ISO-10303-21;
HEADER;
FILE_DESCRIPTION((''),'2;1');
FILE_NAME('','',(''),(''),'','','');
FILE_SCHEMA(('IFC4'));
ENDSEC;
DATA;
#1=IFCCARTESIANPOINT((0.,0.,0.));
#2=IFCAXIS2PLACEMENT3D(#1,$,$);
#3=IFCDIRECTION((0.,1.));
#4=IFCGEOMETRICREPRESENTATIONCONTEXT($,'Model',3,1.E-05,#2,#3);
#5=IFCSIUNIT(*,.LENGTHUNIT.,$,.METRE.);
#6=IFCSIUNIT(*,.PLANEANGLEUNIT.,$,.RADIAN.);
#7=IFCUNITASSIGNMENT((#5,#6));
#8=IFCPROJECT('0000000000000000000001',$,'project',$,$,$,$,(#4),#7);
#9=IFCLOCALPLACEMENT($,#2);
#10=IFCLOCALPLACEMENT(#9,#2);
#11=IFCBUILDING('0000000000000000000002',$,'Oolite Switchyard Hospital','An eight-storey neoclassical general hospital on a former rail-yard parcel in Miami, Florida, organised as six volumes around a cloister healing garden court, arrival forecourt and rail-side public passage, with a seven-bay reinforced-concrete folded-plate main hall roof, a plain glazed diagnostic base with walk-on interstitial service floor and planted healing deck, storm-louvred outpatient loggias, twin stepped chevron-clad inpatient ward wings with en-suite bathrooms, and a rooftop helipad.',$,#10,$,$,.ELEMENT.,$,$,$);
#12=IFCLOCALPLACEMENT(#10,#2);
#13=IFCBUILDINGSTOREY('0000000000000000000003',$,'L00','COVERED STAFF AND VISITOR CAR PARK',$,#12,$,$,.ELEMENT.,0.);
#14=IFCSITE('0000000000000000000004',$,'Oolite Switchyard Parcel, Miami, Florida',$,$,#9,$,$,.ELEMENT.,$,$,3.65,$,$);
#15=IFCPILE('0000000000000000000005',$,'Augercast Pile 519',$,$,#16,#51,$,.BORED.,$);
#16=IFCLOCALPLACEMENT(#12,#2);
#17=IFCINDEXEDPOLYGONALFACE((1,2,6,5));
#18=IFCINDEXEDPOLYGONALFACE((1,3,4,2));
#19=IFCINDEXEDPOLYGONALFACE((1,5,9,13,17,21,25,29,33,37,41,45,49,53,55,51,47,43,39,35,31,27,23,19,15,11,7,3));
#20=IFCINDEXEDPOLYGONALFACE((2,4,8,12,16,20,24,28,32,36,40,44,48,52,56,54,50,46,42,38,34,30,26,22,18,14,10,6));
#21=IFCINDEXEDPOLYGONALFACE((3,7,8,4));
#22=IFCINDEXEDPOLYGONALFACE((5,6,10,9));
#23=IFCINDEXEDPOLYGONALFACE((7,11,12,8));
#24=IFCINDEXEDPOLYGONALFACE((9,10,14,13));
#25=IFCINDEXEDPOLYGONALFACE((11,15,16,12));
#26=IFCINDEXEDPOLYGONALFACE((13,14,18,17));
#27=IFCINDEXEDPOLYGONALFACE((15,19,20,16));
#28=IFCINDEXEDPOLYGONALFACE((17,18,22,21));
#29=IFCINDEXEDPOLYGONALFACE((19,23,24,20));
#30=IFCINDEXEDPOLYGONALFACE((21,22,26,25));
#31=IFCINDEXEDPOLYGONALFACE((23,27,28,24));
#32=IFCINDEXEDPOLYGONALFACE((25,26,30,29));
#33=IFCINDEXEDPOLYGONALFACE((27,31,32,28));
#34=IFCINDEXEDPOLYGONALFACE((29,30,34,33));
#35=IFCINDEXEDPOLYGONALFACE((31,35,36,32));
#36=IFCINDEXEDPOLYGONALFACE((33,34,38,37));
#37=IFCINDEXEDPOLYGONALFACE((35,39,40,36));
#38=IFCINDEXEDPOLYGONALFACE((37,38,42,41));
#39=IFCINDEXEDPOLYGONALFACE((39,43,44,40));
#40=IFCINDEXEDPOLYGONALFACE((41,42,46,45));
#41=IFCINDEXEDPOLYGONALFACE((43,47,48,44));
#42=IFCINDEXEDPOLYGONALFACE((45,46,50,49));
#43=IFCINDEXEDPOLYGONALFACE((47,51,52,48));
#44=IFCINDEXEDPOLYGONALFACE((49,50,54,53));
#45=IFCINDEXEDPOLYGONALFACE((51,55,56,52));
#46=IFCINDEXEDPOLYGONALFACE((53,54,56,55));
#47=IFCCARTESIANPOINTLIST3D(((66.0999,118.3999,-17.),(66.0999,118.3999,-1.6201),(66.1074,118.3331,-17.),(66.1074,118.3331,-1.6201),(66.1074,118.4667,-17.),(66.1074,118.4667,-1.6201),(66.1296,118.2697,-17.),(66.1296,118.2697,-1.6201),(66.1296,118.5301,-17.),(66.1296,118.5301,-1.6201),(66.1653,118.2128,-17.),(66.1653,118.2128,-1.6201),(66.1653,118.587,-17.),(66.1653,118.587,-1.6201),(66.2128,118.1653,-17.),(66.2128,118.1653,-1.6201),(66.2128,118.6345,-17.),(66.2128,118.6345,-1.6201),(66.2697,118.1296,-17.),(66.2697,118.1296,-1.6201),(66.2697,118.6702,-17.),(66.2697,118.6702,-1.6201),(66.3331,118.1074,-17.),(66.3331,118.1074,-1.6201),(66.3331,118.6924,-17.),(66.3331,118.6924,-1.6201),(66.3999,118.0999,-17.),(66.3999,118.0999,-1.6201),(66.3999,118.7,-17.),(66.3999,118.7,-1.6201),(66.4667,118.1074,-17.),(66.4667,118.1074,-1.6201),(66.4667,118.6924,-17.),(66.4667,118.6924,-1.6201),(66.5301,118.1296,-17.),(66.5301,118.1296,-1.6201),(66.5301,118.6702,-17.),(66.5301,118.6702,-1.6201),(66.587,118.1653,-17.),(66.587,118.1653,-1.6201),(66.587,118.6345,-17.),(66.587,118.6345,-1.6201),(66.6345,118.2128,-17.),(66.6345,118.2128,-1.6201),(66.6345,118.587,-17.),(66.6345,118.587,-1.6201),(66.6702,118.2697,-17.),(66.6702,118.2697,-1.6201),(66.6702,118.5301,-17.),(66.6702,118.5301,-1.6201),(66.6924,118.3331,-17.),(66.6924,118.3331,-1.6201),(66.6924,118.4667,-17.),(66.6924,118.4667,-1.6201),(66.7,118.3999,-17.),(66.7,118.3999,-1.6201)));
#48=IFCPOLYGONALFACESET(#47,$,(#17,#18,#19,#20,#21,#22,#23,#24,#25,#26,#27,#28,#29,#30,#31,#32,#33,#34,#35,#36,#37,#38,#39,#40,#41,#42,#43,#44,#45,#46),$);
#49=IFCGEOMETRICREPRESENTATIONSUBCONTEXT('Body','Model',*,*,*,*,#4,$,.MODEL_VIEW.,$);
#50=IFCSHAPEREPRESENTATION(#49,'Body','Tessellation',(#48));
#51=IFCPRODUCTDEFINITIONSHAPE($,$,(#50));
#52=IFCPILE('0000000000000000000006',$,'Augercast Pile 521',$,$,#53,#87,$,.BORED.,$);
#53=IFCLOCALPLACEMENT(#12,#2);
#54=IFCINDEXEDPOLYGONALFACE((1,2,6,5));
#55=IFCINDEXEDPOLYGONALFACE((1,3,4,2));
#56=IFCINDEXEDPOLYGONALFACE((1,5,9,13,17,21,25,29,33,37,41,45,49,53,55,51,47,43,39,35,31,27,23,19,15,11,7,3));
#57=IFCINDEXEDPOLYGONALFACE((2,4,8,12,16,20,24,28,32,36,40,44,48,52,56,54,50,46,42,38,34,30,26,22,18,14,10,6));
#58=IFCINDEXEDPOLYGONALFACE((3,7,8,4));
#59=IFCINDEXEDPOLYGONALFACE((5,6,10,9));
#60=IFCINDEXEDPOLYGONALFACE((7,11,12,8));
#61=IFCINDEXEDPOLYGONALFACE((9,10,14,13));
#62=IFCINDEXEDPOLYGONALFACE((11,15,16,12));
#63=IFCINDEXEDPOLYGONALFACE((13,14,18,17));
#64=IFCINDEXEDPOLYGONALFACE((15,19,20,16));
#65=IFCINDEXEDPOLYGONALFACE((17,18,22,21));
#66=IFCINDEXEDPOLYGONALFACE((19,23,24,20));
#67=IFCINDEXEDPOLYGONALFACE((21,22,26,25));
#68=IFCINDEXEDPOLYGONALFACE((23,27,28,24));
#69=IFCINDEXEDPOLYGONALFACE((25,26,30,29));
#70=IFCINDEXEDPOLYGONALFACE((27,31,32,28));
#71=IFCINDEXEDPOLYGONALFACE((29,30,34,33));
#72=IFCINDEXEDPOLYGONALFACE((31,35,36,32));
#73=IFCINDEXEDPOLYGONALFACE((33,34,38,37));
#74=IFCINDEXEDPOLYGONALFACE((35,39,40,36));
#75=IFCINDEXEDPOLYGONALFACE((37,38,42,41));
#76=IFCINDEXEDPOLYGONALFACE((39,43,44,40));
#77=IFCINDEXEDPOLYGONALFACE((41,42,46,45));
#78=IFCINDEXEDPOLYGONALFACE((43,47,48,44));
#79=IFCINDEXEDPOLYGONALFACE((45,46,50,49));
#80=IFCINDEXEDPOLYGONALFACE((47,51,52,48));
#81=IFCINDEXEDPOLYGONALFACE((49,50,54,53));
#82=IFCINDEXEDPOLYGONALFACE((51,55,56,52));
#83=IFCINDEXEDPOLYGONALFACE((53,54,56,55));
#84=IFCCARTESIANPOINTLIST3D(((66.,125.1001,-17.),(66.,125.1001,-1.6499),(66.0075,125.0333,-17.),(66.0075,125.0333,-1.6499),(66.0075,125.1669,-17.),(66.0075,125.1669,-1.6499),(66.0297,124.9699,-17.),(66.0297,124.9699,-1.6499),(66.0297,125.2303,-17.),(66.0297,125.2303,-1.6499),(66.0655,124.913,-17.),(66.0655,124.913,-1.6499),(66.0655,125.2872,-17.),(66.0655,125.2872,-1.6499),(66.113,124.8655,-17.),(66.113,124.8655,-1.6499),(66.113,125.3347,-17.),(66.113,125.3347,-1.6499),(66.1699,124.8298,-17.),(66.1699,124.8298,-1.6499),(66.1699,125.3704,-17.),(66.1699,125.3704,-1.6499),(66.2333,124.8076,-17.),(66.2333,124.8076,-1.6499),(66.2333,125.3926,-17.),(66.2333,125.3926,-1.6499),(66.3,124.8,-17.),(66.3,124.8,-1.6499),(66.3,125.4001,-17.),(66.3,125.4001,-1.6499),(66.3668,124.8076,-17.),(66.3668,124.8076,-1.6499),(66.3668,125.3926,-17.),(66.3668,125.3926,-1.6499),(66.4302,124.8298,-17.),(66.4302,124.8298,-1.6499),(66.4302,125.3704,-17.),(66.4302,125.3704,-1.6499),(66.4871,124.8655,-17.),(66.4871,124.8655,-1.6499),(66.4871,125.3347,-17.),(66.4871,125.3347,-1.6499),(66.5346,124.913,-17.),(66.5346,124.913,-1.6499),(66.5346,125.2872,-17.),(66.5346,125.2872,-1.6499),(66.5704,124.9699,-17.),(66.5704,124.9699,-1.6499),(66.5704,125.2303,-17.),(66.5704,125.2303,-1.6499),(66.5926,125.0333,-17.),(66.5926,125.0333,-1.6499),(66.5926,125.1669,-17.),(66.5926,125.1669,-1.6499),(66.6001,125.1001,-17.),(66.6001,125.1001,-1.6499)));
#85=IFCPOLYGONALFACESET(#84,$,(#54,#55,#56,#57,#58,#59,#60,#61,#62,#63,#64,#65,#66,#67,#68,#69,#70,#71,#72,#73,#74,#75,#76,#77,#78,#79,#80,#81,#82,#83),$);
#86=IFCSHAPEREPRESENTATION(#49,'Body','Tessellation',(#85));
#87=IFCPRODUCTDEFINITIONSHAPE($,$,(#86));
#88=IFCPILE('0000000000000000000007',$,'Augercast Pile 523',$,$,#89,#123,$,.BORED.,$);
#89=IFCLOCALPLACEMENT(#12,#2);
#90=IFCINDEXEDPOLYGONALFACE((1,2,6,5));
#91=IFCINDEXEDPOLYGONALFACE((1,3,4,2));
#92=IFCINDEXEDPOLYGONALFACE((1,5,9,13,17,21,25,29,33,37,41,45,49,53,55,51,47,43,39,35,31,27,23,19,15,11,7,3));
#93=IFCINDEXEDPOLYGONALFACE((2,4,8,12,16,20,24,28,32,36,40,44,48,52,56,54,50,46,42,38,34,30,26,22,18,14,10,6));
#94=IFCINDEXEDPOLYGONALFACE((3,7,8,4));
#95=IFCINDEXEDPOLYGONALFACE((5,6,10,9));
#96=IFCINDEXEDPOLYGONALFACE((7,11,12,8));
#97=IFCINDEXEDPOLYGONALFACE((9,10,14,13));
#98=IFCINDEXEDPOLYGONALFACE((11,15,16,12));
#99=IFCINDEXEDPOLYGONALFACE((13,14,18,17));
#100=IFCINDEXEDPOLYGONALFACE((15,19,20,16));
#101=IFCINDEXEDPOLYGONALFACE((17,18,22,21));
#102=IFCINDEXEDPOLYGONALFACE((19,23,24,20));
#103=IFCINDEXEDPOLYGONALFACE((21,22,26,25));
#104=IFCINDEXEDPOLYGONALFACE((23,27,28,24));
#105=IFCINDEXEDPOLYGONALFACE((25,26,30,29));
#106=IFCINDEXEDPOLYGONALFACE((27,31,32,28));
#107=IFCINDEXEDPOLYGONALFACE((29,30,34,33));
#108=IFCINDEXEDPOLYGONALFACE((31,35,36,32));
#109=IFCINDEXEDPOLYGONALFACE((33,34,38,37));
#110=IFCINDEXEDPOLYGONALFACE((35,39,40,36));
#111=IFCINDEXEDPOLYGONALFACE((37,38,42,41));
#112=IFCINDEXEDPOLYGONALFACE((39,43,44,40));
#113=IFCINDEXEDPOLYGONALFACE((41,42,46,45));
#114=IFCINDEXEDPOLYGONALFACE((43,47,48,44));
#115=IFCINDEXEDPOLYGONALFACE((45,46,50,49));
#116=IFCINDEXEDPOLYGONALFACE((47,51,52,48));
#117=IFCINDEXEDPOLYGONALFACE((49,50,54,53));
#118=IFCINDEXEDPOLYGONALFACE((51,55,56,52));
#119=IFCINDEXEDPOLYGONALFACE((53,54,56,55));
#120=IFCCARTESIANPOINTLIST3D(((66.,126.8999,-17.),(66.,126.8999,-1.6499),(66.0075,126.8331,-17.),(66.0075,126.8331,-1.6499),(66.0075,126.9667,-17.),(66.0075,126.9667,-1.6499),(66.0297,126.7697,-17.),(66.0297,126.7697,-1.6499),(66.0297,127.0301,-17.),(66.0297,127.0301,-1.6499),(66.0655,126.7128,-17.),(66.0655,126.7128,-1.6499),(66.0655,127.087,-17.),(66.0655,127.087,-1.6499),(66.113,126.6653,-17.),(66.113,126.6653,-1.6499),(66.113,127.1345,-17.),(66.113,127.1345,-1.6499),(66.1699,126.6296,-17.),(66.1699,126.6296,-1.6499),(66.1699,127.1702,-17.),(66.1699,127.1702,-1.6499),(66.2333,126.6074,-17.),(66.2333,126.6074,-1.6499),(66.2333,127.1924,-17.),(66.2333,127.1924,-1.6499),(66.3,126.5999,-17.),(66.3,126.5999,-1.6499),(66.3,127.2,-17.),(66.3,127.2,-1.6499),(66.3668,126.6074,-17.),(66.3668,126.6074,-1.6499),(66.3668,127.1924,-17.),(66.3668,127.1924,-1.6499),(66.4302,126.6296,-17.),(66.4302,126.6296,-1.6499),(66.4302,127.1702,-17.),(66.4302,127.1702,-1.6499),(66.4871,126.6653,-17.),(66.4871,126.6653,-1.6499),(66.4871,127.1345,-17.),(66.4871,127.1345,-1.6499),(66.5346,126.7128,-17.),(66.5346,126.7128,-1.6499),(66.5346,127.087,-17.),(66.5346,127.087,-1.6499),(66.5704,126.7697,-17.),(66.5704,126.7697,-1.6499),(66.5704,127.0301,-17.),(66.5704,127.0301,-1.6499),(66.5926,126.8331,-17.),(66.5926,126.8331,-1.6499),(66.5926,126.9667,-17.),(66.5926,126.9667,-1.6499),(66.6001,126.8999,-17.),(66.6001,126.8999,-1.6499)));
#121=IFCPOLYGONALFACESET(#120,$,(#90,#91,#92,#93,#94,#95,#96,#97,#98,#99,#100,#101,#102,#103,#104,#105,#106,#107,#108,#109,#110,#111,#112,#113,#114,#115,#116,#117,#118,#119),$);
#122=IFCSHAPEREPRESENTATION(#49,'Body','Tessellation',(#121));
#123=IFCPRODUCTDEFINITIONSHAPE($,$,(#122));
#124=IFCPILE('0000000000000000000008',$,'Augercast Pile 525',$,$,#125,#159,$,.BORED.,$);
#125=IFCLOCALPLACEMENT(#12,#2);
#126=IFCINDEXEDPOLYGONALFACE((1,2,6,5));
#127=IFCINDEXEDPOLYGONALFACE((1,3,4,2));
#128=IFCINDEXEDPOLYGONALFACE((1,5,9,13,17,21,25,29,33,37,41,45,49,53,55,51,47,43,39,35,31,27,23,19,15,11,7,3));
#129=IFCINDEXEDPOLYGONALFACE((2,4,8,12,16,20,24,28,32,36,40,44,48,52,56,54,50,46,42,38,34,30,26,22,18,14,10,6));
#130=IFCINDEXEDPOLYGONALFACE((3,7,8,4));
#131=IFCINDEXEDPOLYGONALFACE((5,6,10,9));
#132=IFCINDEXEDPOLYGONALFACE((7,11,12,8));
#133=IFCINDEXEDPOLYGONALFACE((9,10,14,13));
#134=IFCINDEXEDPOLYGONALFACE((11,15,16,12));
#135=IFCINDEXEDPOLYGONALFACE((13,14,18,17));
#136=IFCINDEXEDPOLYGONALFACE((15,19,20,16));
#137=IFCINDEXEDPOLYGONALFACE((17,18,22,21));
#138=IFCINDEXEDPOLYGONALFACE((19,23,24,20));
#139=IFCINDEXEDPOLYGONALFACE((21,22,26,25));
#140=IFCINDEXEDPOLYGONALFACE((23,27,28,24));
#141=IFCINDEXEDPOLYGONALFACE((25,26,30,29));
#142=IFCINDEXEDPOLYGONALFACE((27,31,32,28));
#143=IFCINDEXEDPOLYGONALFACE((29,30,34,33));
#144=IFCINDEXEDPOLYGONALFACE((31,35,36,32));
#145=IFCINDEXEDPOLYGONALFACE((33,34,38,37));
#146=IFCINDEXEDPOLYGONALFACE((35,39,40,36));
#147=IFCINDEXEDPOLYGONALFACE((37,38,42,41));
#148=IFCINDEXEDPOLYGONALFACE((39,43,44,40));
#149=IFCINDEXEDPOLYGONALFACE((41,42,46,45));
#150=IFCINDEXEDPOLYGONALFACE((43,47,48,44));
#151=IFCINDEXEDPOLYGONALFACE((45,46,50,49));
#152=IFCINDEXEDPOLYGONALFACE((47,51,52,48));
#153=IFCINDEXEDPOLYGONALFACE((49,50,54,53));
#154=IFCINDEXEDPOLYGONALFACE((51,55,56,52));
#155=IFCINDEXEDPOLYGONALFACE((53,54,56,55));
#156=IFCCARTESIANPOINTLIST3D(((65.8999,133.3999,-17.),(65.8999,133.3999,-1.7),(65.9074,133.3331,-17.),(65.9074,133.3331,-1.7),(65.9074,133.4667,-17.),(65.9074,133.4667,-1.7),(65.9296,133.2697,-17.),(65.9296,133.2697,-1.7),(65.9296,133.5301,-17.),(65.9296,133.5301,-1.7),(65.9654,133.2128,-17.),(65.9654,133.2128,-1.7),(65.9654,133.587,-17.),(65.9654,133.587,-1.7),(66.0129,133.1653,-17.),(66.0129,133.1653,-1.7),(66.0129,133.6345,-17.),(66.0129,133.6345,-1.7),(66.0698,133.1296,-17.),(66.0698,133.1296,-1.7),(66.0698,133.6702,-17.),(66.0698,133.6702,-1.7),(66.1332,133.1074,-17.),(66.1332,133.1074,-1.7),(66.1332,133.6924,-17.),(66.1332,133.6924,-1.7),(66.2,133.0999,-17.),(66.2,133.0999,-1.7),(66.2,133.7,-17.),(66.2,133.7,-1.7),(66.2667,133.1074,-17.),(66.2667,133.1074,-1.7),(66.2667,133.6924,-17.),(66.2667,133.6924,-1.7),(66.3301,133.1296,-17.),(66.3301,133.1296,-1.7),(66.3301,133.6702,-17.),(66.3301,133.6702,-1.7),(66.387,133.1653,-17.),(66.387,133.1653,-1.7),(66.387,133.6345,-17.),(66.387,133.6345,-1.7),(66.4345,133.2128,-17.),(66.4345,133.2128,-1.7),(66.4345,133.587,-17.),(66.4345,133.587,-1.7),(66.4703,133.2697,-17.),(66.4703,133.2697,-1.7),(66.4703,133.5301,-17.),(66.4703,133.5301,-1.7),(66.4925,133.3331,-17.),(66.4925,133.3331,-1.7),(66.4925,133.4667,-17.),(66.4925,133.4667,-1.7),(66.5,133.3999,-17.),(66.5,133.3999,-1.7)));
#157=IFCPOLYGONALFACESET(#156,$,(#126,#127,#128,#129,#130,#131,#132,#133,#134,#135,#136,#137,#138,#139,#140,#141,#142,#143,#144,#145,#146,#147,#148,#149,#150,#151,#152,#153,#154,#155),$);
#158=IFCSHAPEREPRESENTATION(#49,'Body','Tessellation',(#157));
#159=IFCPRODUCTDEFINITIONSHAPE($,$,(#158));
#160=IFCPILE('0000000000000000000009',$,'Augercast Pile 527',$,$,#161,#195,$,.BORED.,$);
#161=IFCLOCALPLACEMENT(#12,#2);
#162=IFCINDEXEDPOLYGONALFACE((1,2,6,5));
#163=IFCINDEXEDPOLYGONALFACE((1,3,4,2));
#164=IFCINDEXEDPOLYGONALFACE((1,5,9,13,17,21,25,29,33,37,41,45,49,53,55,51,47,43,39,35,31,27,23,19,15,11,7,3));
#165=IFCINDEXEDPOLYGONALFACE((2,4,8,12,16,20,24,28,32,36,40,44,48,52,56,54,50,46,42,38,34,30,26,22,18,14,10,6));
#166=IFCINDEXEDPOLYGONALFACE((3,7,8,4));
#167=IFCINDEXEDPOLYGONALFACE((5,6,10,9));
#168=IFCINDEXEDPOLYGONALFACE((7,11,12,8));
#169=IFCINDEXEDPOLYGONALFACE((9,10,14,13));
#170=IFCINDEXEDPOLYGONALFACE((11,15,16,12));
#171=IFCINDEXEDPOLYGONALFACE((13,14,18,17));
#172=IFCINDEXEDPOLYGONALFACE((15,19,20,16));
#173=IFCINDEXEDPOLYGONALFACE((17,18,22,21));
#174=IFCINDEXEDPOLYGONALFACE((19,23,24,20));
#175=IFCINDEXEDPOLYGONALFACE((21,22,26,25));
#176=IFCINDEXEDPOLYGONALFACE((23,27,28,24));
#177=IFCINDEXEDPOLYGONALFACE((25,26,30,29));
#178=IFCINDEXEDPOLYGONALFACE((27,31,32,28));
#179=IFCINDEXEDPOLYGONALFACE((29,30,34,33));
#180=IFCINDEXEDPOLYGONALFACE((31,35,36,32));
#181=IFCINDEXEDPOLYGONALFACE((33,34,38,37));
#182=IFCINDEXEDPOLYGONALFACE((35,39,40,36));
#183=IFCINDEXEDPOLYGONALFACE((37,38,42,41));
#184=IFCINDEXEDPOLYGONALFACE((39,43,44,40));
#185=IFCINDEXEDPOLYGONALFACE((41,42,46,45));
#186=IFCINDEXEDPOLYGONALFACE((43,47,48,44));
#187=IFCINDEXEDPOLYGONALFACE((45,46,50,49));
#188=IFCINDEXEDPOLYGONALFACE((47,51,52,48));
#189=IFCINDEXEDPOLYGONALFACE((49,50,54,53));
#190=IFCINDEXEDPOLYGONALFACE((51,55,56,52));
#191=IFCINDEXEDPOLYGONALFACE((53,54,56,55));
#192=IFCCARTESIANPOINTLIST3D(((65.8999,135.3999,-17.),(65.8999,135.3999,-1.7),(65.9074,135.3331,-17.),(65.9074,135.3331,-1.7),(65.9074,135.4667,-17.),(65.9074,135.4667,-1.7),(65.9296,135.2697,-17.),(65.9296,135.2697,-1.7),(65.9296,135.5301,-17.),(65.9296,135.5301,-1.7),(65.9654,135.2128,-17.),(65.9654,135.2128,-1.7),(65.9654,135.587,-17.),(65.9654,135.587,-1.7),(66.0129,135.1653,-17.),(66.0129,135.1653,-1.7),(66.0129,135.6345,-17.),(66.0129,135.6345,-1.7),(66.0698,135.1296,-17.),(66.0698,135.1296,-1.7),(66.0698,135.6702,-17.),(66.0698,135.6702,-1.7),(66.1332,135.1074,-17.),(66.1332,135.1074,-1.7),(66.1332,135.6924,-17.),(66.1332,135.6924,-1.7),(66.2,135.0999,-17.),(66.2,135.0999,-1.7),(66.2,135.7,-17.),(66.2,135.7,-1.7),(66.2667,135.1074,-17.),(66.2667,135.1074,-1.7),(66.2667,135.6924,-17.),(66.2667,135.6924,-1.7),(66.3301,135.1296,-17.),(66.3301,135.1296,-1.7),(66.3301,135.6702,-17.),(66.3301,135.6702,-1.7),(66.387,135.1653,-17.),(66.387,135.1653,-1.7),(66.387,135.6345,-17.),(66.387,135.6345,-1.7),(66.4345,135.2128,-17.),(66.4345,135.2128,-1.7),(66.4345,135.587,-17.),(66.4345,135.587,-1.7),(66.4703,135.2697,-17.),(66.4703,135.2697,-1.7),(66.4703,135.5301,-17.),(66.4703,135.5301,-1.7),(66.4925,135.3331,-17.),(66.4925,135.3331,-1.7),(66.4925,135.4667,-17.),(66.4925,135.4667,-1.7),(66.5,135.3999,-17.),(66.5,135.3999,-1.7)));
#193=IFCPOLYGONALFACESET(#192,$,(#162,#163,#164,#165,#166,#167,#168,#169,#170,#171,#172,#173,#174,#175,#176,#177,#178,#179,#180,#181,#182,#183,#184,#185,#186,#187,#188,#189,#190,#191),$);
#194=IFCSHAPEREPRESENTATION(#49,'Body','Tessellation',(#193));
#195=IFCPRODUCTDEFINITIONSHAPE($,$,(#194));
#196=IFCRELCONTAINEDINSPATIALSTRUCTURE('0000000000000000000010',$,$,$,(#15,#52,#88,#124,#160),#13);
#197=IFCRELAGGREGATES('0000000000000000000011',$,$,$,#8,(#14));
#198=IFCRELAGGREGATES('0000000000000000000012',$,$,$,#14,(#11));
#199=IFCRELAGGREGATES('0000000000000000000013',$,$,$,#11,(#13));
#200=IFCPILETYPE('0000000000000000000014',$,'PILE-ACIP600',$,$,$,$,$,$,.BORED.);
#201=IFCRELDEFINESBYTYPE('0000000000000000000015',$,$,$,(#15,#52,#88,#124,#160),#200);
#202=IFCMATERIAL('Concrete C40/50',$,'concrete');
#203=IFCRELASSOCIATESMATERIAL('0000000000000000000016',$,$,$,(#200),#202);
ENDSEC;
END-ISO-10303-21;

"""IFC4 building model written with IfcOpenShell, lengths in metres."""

from ifc_helpers import new_model, si_unit, direction, frame, origin, origin_2d, place, context, subcontext, project, spatial, circle, extrude, material, material_profile, profile_set, type_object, element, save


model = new_model("IFC4")

# Units and contexts
model_context = context("Model", 3, precision=1e-05, world=origin(), true_north=direction((0.0, 1.0)))
body_context = subcontext(model_context, "Body", "Model", "MODEL_VIEW")
ifc_project = project(units=[si_unit("LENGTHUNIT", "METRE"), si_unit("PLANEANGLEUNIT", "RADIAN")], contexts=[model_context])

# Site, building, storey
site_placement = place(None, origin())
site = spatial("IfcSite", under=ifc_project, at=site_placement, Name="Oolite Switchyard Parcel, Miami, Florida", CompositionType="ELEMENT", RefElevation=3.65)
building_placement = place(site_placement, origin())
building = spatial("IfcBuilding", under=site, at=building_placement, Name="Oolite Switchyard Hospital", Description="An eight-storey neoclassical general hospital on a former rail-yard parcel in Miami, Florida, organised as six volumes around a cloister healing garden court, arrival forecourt and rail-side public passage, with a seven-bay reinforced-concrete folded-plate main hall roof, a plain glazed diagnostic base with walk-on interstitial service floor and planted healing deck, storm-louvred outpatient loggias, twin stepped chevron-clad inpatient ward wings with en-suite bathrooms, and a rooftop helipad.", CompositionType="ELEMENT")
storey_placement = place(building_placement, origin())
storey = spatial("IfcBuildingStorey", under=building, at=storey_placement, Name="L00", Description="COVERED STAFF AND VISITOR CAR PARK", CompositionType="ELEMENT", Elevation=0.0)

# Shared definitions
ifc_material_1 = material(Name="Concrete C40/50", Category="concrete")

# Piles
ifc_material_profile_1 = material_profile(ifc_material_1, circle(Radius=0.3, at=origin_2d()), Name="PILE600")
ifc_profile_set_1 = profile_set([ifc_material_profile_1], Name="Concrete C40/50")
pile_type = type_object("IfcPileType", Name="PILE-ACIP600", PredefinedType="BORED", material=ifc_profile_set_1)
for number, where, z_axis, x_axis, name in (
    (1, (66.3999, 118.3999, -1.6201), (0.0, 0.0, -1.0), (1.0, 0.0, 0.0), "Augercast Pile 519"),
):
    element("IfcPile", number, at=place(storey_placement, frame(where, z_axis=z_axis, x_axis=x_axis)), inside=storey, type_object=pile_type, Name=name, PredefinedType="BORED", context=body_context, shape_type="SweptSolid", body=[
        extrude(circle(Radius=0.3, at=origin_2d()), origin(), (0.0, 0.0, 1.0), 15.3799),
    ])
for number, where, z_axis, x_axis, name in (
    (2, (66.3, 125.1001, -1.6499), (0.0, 0.0, -1.0), (1.0, 0.0, 0.0), "Augercast Pile 521"),
    (3, (66.3, 126.8999, -1.6499), (0.0, 0.0, -1.0), (1.0, 0.0, 0.0), "Augercast Pile 523"),
):
    element("IfcPile", number, at=place(storey_placement, frame(where, z_axis=z_axis, x_axis=x_axis)), inside=storey, type_object=pile_type, Name=name, PredefinedType="BORED", context=body_context, shape_type="SweptSolid", body=[
        extrude(circle(Radius=0.3, at=origin_2d()), origin(), (0.0, 0.0, 1.0), 15.3501),
    ])
for number, where, z_axis, x_axis, name in (
    (4, (66.2, 133.3999, -1.7), (0.0, 0.0, -1.0), (1.0, 0.0, 0.0), "Augercast Pile 525"),
    (5, (66.2, 135.3999, -1.7), (0.0, 0.0, -1.0), (1.0, 0.0, 0.0), "Augercast Pile 527"),
):
    element("IfcPile", number, at=place(storey_placement, frame(where, z_axis=z_axis, x_axis=x_axis)), inside=storey, type_object=pile_type, Name=name, PredefinedType="BORED", context=body_context, shape_type="SweptSolid", body=[
        extrude(circle(Radius=0.3, at=origin_2d()), origin(), (0.0, 0.0, 1.0), 15.3),
    ])

save(model, "model.ifc")
